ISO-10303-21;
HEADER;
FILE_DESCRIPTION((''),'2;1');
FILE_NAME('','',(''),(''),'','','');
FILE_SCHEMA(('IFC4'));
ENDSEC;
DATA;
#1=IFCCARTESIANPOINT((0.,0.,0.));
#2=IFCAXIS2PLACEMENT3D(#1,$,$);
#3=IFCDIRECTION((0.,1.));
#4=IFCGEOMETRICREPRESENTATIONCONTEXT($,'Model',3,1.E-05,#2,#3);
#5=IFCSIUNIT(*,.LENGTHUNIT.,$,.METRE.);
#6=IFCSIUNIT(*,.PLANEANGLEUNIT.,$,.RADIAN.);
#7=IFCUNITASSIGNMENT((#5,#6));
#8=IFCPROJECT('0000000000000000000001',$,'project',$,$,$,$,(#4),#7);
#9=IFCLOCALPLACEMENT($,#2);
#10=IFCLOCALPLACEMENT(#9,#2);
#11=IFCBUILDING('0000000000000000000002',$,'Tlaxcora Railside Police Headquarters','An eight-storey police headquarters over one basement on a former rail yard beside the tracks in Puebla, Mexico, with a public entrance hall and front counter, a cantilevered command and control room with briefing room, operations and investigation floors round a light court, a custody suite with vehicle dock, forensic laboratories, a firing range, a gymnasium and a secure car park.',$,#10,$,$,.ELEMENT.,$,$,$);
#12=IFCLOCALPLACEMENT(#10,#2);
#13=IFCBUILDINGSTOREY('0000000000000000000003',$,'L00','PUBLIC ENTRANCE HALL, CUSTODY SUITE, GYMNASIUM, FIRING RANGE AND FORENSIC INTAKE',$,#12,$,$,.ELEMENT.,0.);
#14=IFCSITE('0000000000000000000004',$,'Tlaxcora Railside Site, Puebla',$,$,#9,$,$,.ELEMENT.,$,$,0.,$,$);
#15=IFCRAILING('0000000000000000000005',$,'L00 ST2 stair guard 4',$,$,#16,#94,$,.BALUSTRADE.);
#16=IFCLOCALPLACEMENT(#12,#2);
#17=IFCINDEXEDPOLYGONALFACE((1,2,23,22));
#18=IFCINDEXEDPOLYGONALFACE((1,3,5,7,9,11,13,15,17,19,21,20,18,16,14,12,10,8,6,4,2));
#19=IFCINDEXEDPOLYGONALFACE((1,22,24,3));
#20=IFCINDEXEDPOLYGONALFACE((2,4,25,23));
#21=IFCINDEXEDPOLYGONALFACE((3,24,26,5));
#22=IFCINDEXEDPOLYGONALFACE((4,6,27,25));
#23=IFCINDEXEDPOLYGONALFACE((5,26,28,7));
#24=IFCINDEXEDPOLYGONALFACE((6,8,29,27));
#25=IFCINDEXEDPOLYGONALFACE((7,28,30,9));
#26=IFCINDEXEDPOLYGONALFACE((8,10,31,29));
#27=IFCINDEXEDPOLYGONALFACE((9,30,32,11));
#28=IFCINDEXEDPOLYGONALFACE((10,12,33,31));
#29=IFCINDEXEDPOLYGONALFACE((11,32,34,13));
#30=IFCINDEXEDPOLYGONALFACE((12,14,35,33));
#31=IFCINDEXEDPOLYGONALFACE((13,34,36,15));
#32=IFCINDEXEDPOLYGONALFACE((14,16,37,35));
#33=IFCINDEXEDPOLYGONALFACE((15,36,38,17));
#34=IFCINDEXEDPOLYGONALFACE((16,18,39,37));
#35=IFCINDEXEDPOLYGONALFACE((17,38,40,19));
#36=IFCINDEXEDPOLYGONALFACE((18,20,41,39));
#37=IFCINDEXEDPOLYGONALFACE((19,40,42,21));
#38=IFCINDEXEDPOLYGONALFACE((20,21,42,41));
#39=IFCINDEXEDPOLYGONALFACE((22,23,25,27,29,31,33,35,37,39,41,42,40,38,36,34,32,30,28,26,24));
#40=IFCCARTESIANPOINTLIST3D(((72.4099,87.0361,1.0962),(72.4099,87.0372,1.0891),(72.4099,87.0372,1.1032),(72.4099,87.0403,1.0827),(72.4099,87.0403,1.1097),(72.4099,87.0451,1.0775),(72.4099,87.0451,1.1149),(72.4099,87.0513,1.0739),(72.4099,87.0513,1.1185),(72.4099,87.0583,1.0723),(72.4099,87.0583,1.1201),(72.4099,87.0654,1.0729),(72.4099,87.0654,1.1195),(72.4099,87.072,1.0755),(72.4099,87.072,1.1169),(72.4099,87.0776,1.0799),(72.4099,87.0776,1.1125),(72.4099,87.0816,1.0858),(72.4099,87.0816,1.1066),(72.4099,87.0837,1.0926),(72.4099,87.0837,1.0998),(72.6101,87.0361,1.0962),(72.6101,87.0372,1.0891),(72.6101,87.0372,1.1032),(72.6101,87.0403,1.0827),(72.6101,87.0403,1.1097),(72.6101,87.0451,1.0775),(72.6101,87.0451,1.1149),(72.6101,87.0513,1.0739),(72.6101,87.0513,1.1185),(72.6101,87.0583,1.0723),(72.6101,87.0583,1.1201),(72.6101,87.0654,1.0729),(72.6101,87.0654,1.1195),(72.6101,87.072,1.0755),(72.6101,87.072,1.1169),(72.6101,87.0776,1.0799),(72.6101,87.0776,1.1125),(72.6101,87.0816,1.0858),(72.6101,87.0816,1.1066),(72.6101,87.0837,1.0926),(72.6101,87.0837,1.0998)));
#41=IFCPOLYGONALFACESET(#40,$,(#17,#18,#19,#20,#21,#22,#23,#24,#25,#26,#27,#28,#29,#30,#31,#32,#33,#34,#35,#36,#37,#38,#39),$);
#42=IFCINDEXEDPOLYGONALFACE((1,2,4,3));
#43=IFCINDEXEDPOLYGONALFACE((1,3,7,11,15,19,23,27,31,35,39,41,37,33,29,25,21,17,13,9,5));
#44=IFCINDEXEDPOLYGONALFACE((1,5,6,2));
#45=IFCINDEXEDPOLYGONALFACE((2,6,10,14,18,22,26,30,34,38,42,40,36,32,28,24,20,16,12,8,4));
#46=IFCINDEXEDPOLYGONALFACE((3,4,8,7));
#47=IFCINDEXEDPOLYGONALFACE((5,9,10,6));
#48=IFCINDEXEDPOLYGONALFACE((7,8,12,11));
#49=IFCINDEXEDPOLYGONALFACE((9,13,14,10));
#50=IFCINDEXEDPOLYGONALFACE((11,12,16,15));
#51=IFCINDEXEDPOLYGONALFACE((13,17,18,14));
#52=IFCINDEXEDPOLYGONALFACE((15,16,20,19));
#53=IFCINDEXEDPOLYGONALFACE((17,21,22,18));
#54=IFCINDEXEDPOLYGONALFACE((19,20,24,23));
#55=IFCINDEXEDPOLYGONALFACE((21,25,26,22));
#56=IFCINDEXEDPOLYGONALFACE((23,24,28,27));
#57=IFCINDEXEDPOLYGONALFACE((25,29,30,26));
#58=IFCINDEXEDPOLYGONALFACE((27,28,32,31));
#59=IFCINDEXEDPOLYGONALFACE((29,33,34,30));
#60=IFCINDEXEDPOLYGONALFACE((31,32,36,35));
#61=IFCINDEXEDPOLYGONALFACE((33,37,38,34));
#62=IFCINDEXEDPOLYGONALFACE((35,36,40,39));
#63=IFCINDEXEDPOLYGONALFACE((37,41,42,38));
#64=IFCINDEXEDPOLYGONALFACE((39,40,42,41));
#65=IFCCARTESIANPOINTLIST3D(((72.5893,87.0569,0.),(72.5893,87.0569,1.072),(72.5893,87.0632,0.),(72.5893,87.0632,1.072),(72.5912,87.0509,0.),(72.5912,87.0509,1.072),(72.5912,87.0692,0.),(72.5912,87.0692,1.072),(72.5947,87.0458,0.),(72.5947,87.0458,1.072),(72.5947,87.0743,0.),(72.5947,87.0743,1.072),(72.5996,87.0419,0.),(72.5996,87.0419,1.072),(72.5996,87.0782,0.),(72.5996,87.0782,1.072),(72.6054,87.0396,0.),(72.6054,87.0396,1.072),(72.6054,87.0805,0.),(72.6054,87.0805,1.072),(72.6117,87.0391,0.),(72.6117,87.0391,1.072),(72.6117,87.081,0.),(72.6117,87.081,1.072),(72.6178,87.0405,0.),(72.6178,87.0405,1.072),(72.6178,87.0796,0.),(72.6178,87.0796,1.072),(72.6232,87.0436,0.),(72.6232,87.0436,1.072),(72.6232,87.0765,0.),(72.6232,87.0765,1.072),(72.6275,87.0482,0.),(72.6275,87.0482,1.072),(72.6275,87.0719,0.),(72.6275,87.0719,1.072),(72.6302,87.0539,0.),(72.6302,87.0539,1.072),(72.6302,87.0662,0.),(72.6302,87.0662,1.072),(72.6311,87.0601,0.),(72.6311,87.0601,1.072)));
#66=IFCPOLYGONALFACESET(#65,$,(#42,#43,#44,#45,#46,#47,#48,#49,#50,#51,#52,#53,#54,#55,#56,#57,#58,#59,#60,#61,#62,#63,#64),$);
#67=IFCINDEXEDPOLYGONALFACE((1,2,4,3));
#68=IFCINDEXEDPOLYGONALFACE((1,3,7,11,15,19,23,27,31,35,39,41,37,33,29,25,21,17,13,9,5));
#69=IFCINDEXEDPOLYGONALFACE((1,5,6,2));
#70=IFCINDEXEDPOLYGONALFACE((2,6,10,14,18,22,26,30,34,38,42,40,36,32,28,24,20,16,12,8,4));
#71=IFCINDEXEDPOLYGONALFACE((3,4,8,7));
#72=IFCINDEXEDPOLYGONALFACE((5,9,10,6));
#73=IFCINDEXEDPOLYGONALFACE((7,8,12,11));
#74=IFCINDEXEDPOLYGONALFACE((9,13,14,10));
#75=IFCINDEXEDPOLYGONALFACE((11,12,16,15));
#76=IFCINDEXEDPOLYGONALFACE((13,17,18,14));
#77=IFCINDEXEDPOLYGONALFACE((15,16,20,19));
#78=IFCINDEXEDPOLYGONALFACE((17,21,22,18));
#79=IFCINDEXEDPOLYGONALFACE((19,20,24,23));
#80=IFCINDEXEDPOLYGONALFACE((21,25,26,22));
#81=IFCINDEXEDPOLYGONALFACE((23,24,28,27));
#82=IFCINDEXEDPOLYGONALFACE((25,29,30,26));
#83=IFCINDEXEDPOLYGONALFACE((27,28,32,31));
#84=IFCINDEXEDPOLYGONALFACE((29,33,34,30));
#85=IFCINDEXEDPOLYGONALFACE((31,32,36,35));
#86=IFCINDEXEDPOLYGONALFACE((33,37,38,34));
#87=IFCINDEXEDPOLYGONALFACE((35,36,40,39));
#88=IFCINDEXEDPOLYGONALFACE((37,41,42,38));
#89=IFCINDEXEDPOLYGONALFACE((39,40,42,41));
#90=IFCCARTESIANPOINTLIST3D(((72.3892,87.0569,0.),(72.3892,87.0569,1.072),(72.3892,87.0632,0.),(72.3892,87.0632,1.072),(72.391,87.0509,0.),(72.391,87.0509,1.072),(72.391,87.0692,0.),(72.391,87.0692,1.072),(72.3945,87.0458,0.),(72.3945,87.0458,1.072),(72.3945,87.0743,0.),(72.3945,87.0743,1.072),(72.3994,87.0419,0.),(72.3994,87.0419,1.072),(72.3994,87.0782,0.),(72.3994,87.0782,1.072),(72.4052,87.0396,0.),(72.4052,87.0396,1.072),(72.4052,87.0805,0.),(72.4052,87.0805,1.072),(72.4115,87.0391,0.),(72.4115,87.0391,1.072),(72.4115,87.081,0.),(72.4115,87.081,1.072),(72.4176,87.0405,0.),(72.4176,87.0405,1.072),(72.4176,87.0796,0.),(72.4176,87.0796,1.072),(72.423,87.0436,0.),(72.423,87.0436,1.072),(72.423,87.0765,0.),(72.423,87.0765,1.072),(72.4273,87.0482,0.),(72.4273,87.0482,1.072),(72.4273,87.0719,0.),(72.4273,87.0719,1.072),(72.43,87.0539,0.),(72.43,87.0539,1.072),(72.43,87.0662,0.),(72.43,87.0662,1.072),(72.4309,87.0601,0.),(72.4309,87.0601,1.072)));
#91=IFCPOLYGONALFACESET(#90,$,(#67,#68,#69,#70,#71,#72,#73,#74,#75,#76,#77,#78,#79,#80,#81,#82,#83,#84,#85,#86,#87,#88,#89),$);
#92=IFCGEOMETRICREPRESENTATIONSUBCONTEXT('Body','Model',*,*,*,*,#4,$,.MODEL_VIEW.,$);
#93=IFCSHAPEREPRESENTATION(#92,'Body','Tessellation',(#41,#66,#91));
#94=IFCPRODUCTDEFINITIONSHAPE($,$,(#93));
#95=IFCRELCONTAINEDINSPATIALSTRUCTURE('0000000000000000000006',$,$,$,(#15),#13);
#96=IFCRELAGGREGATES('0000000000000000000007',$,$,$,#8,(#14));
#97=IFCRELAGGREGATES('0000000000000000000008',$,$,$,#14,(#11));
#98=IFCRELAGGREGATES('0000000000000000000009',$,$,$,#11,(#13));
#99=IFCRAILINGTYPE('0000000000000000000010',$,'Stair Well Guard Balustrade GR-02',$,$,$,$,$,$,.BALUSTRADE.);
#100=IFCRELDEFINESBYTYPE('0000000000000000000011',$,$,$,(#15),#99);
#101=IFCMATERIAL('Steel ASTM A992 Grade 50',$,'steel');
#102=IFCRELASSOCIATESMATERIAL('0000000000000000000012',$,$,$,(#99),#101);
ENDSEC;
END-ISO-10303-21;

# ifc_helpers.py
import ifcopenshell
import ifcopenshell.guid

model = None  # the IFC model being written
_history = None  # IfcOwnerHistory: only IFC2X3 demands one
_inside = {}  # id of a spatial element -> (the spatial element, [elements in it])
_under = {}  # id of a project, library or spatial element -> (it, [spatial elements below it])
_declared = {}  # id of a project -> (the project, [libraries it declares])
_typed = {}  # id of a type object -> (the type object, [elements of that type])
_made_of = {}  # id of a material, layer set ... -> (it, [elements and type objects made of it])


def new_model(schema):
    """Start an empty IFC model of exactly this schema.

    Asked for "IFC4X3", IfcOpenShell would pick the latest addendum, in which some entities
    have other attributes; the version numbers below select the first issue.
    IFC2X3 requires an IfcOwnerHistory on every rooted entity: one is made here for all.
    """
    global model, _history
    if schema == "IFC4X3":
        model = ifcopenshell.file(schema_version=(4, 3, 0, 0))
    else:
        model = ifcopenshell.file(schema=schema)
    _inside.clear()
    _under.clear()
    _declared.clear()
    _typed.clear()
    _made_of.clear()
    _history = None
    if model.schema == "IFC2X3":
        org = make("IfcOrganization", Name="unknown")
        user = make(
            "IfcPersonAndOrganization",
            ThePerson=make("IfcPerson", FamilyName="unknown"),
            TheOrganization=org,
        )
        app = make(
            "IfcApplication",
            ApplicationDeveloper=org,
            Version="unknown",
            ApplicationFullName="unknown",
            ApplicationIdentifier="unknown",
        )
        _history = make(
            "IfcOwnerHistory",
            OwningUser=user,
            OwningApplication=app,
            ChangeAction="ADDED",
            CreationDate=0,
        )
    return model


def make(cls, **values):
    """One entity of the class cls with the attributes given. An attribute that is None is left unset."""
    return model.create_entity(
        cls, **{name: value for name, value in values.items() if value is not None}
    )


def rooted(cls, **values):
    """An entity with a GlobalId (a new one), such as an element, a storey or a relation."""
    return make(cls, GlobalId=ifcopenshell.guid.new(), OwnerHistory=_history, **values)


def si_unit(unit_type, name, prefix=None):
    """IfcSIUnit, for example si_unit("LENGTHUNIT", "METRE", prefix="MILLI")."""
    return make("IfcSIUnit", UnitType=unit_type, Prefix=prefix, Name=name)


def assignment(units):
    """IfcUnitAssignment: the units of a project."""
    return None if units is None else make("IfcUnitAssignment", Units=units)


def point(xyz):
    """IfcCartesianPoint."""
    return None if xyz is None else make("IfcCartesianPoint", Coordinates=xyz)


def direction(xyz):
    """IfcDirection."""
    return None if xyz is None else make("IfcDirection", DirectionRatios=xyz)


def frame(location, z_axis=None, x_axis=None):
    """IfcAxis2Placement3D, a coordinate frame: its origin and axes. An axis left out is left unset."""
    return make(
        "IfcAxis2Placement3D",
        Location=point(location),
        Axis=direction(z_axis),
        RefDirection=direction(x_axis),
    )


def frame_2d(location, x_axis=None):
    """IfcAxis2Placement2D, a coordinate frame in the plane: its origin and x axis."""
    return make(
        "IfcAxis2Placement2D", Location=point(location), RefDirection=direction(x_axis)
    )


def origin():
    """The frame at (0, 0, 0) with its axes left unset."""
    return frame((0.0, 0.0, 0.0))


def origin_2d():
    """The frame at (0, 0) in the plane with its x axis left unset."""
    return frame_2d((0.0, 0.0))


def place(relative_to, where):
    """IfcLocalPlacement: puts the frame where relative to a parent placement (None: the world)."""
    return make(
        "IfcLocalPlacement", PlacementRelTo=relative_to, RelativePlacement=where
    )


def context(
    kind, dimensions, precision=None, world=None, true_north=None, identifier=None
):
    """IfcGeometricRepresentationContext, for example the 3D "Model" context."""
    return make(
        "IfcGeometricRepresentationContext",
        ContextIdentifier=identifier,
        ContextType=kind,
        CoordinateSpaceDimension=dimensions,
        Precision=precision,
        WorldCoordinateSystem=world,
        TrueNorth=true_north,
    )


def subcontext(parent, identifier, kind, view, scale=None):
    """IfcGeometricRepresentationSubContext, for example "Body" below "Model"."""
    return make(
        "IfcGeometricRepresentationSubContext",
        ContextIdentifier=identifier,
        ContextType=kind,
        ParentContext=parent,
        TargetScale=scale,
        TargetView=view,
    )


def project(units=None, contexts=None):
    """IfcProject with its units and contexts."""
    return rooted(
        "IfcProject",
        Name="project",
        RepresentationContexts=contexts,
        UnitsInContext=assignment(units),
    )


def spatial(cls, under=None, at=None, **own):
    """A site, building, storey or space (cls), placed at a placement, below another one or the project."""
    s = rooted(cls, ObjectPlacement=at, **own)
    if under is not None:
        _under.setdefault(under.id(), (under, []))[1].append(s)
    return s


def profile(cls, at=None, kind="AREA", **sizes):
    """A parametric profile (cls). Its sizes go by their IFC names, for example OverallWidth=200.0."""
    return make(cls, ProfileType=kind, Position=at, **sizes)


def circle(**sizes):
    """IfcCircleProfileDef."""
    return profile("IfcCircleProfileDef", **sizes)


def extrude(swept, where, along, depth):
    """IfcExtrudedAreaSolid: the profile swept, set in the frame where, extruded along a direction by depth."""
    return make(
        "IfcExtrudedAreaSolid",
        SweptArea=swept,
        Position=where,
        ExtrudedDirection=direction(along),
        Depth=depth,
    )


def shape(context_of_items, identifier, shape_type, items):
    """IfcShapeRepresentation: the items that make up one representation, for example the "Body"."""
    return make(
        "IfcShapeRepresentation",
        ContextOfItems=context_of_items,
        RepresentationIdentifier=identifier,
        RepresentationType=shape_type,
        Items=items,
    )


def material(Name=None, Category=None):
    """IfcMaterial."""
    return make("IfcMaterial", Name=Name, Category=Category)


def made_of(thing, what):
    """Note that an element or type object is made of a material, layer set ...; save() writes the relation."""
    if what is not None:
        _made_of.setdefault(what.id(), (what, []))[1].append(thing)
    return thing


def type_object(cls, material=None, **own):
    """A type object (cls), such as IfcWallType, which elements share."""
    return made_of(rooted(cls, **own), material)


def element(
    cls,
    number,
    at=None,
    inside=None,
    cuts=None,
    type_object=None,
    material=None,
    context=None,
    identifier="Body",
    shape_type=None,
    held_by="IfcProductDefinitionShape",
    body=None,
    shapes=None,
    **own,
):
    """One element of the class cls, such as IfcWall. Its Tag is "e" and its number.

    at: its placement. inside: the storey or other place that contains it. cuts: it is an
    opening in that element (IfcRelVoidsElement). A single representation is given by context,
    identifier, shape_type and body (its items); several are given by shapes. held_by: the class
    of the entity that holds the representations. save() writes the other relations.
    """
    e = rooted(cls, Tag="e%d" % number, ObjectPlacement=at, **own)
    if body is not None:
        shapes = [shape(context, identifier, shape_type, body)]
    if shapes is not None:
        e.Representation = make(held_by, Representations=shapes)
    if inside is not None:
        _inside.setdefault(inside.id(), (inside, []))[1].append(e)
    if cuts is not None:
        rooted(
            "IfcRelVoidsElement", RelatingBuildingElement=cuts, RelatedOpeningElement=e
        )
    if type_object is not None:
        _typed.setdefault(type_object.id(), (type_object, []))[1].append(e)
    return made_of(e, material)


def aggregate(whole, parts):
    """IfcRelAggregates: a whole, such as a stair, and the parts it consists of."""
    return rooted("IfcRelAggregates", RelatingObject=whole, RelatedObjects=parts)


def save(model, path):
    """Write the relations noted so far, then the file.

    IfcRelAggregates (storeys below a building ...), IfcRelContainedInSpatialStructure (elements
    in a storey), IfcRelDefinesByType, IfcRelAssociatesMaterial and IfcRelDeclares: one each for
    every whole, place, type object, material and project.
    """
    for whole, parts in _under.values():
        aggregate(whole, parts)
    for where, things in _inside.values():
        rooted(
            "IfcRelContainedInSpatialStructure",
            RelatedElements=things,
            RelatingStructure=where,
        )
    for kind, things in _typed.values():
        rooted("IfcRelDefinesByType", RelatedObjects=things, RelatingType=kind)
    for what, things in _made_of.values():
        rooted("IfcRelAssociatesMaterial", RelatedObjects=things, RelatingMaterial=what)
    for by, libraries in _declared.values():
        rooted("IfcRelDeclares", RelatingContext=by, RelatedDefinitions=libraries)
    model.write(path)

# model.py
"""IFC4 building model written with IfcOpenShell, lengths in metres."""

from ifc_helpers import new_model, si_unit, direction, frame, origin, origin_2d, place, context, subcontext, project, spatial, circle, extrude, material, type_object, element, save


model = new_model("IFC4")

# Units and contexts
model_context = context("Model", 3, precision=1e-05, world=origin(), true_north=direction((0.0, 1.0)))
body_context = subcontext(model_context, "Body", "Model", "MODEL_VIEW")
ifc_project = project(units=[si_unit("LENGTHUNIT", "METRE"), si_unit("PLANEANGLEUNIT", "RADIAN")], contexts=[model_context])

# Site, building, storey
site_placement = place(None, origin())
site = spatial("IfcSite", under=ifc_project, at=site_placement, Name="Tlaxcora Railside Site, Puebla", CompositionType="ELEMENT", RefElevation=0.0)
building_placement = place(site_placement, origin())
building = spatial("IfcBuilding", under=site, at=building_placement, Name="Tlaxcora Railside Police Headquarters", Description="An eight-storey police headquarters over one basement on a former rail yard beside the tracks in Puebla, Mexico, with a public entrance hall and front counter, a cantilevered command and control room with briefing room, operations and investigation floors round a light court, a custody suite with vehicle dock, forensic laboratories, a firing range, a gymnasium and a secure car park.", CompositionType="ELEMENT")
storey_placement = place(building_placement, origin())
storey = spatial("IfcBuildingStorey", under=building, at=storey_placement, Name="L00", Description="PUBLIC ENTRANCE HALL, CUSTODY SUITE, GYMNASIUM, FIRING RANGE AND FORENSIC INTAKE", CompositionType="ELEMENT", Elevation=0.0)

# Shared definitions
ifc_material_1 = material(Name="Steel ASTM A992 Grade 50", Category="steel")

# Railing
railing_type_1 = type_object("IfcRailingType", Name="Stair Well Guard Balustrade GR-02", PredefinedType="BALUSTRADE", material=ifc_material_1)
railing_1_placement = place(storey_placement, frame((72.6101, 87.0601, 0.0)))
element("IfcRailing", 1, at=railing_1_placement, inside=storey, type_object=railing_type_1, Name="L00 ST2 stair guard 4", PredefinedType="BALUSTRADE", context=body_context, shape_type="SweptSolid", body=[
    extrude(circle(Radius=0.0239, at=origin_2d()), frame((0.0, 0.0, 1.0962), z_axis=(-1.0, 0.0, 0.0), x_axis=(0.0, -1.0, 0.0)), (0.0, 0.0, 1.0), 0.2002),
    extrude(circle(Radius=0.021, at=origin_2d()), origin(), (0.0, 0.0, 1.0), 1.072),
    extrude(circle(Radius=0.021, at=origin_2d()), frame((-0.2002, 0.0, 0.0)), (0.0, 0.0, 1.0), 1.072),
])

save(model, "model.ifc")
